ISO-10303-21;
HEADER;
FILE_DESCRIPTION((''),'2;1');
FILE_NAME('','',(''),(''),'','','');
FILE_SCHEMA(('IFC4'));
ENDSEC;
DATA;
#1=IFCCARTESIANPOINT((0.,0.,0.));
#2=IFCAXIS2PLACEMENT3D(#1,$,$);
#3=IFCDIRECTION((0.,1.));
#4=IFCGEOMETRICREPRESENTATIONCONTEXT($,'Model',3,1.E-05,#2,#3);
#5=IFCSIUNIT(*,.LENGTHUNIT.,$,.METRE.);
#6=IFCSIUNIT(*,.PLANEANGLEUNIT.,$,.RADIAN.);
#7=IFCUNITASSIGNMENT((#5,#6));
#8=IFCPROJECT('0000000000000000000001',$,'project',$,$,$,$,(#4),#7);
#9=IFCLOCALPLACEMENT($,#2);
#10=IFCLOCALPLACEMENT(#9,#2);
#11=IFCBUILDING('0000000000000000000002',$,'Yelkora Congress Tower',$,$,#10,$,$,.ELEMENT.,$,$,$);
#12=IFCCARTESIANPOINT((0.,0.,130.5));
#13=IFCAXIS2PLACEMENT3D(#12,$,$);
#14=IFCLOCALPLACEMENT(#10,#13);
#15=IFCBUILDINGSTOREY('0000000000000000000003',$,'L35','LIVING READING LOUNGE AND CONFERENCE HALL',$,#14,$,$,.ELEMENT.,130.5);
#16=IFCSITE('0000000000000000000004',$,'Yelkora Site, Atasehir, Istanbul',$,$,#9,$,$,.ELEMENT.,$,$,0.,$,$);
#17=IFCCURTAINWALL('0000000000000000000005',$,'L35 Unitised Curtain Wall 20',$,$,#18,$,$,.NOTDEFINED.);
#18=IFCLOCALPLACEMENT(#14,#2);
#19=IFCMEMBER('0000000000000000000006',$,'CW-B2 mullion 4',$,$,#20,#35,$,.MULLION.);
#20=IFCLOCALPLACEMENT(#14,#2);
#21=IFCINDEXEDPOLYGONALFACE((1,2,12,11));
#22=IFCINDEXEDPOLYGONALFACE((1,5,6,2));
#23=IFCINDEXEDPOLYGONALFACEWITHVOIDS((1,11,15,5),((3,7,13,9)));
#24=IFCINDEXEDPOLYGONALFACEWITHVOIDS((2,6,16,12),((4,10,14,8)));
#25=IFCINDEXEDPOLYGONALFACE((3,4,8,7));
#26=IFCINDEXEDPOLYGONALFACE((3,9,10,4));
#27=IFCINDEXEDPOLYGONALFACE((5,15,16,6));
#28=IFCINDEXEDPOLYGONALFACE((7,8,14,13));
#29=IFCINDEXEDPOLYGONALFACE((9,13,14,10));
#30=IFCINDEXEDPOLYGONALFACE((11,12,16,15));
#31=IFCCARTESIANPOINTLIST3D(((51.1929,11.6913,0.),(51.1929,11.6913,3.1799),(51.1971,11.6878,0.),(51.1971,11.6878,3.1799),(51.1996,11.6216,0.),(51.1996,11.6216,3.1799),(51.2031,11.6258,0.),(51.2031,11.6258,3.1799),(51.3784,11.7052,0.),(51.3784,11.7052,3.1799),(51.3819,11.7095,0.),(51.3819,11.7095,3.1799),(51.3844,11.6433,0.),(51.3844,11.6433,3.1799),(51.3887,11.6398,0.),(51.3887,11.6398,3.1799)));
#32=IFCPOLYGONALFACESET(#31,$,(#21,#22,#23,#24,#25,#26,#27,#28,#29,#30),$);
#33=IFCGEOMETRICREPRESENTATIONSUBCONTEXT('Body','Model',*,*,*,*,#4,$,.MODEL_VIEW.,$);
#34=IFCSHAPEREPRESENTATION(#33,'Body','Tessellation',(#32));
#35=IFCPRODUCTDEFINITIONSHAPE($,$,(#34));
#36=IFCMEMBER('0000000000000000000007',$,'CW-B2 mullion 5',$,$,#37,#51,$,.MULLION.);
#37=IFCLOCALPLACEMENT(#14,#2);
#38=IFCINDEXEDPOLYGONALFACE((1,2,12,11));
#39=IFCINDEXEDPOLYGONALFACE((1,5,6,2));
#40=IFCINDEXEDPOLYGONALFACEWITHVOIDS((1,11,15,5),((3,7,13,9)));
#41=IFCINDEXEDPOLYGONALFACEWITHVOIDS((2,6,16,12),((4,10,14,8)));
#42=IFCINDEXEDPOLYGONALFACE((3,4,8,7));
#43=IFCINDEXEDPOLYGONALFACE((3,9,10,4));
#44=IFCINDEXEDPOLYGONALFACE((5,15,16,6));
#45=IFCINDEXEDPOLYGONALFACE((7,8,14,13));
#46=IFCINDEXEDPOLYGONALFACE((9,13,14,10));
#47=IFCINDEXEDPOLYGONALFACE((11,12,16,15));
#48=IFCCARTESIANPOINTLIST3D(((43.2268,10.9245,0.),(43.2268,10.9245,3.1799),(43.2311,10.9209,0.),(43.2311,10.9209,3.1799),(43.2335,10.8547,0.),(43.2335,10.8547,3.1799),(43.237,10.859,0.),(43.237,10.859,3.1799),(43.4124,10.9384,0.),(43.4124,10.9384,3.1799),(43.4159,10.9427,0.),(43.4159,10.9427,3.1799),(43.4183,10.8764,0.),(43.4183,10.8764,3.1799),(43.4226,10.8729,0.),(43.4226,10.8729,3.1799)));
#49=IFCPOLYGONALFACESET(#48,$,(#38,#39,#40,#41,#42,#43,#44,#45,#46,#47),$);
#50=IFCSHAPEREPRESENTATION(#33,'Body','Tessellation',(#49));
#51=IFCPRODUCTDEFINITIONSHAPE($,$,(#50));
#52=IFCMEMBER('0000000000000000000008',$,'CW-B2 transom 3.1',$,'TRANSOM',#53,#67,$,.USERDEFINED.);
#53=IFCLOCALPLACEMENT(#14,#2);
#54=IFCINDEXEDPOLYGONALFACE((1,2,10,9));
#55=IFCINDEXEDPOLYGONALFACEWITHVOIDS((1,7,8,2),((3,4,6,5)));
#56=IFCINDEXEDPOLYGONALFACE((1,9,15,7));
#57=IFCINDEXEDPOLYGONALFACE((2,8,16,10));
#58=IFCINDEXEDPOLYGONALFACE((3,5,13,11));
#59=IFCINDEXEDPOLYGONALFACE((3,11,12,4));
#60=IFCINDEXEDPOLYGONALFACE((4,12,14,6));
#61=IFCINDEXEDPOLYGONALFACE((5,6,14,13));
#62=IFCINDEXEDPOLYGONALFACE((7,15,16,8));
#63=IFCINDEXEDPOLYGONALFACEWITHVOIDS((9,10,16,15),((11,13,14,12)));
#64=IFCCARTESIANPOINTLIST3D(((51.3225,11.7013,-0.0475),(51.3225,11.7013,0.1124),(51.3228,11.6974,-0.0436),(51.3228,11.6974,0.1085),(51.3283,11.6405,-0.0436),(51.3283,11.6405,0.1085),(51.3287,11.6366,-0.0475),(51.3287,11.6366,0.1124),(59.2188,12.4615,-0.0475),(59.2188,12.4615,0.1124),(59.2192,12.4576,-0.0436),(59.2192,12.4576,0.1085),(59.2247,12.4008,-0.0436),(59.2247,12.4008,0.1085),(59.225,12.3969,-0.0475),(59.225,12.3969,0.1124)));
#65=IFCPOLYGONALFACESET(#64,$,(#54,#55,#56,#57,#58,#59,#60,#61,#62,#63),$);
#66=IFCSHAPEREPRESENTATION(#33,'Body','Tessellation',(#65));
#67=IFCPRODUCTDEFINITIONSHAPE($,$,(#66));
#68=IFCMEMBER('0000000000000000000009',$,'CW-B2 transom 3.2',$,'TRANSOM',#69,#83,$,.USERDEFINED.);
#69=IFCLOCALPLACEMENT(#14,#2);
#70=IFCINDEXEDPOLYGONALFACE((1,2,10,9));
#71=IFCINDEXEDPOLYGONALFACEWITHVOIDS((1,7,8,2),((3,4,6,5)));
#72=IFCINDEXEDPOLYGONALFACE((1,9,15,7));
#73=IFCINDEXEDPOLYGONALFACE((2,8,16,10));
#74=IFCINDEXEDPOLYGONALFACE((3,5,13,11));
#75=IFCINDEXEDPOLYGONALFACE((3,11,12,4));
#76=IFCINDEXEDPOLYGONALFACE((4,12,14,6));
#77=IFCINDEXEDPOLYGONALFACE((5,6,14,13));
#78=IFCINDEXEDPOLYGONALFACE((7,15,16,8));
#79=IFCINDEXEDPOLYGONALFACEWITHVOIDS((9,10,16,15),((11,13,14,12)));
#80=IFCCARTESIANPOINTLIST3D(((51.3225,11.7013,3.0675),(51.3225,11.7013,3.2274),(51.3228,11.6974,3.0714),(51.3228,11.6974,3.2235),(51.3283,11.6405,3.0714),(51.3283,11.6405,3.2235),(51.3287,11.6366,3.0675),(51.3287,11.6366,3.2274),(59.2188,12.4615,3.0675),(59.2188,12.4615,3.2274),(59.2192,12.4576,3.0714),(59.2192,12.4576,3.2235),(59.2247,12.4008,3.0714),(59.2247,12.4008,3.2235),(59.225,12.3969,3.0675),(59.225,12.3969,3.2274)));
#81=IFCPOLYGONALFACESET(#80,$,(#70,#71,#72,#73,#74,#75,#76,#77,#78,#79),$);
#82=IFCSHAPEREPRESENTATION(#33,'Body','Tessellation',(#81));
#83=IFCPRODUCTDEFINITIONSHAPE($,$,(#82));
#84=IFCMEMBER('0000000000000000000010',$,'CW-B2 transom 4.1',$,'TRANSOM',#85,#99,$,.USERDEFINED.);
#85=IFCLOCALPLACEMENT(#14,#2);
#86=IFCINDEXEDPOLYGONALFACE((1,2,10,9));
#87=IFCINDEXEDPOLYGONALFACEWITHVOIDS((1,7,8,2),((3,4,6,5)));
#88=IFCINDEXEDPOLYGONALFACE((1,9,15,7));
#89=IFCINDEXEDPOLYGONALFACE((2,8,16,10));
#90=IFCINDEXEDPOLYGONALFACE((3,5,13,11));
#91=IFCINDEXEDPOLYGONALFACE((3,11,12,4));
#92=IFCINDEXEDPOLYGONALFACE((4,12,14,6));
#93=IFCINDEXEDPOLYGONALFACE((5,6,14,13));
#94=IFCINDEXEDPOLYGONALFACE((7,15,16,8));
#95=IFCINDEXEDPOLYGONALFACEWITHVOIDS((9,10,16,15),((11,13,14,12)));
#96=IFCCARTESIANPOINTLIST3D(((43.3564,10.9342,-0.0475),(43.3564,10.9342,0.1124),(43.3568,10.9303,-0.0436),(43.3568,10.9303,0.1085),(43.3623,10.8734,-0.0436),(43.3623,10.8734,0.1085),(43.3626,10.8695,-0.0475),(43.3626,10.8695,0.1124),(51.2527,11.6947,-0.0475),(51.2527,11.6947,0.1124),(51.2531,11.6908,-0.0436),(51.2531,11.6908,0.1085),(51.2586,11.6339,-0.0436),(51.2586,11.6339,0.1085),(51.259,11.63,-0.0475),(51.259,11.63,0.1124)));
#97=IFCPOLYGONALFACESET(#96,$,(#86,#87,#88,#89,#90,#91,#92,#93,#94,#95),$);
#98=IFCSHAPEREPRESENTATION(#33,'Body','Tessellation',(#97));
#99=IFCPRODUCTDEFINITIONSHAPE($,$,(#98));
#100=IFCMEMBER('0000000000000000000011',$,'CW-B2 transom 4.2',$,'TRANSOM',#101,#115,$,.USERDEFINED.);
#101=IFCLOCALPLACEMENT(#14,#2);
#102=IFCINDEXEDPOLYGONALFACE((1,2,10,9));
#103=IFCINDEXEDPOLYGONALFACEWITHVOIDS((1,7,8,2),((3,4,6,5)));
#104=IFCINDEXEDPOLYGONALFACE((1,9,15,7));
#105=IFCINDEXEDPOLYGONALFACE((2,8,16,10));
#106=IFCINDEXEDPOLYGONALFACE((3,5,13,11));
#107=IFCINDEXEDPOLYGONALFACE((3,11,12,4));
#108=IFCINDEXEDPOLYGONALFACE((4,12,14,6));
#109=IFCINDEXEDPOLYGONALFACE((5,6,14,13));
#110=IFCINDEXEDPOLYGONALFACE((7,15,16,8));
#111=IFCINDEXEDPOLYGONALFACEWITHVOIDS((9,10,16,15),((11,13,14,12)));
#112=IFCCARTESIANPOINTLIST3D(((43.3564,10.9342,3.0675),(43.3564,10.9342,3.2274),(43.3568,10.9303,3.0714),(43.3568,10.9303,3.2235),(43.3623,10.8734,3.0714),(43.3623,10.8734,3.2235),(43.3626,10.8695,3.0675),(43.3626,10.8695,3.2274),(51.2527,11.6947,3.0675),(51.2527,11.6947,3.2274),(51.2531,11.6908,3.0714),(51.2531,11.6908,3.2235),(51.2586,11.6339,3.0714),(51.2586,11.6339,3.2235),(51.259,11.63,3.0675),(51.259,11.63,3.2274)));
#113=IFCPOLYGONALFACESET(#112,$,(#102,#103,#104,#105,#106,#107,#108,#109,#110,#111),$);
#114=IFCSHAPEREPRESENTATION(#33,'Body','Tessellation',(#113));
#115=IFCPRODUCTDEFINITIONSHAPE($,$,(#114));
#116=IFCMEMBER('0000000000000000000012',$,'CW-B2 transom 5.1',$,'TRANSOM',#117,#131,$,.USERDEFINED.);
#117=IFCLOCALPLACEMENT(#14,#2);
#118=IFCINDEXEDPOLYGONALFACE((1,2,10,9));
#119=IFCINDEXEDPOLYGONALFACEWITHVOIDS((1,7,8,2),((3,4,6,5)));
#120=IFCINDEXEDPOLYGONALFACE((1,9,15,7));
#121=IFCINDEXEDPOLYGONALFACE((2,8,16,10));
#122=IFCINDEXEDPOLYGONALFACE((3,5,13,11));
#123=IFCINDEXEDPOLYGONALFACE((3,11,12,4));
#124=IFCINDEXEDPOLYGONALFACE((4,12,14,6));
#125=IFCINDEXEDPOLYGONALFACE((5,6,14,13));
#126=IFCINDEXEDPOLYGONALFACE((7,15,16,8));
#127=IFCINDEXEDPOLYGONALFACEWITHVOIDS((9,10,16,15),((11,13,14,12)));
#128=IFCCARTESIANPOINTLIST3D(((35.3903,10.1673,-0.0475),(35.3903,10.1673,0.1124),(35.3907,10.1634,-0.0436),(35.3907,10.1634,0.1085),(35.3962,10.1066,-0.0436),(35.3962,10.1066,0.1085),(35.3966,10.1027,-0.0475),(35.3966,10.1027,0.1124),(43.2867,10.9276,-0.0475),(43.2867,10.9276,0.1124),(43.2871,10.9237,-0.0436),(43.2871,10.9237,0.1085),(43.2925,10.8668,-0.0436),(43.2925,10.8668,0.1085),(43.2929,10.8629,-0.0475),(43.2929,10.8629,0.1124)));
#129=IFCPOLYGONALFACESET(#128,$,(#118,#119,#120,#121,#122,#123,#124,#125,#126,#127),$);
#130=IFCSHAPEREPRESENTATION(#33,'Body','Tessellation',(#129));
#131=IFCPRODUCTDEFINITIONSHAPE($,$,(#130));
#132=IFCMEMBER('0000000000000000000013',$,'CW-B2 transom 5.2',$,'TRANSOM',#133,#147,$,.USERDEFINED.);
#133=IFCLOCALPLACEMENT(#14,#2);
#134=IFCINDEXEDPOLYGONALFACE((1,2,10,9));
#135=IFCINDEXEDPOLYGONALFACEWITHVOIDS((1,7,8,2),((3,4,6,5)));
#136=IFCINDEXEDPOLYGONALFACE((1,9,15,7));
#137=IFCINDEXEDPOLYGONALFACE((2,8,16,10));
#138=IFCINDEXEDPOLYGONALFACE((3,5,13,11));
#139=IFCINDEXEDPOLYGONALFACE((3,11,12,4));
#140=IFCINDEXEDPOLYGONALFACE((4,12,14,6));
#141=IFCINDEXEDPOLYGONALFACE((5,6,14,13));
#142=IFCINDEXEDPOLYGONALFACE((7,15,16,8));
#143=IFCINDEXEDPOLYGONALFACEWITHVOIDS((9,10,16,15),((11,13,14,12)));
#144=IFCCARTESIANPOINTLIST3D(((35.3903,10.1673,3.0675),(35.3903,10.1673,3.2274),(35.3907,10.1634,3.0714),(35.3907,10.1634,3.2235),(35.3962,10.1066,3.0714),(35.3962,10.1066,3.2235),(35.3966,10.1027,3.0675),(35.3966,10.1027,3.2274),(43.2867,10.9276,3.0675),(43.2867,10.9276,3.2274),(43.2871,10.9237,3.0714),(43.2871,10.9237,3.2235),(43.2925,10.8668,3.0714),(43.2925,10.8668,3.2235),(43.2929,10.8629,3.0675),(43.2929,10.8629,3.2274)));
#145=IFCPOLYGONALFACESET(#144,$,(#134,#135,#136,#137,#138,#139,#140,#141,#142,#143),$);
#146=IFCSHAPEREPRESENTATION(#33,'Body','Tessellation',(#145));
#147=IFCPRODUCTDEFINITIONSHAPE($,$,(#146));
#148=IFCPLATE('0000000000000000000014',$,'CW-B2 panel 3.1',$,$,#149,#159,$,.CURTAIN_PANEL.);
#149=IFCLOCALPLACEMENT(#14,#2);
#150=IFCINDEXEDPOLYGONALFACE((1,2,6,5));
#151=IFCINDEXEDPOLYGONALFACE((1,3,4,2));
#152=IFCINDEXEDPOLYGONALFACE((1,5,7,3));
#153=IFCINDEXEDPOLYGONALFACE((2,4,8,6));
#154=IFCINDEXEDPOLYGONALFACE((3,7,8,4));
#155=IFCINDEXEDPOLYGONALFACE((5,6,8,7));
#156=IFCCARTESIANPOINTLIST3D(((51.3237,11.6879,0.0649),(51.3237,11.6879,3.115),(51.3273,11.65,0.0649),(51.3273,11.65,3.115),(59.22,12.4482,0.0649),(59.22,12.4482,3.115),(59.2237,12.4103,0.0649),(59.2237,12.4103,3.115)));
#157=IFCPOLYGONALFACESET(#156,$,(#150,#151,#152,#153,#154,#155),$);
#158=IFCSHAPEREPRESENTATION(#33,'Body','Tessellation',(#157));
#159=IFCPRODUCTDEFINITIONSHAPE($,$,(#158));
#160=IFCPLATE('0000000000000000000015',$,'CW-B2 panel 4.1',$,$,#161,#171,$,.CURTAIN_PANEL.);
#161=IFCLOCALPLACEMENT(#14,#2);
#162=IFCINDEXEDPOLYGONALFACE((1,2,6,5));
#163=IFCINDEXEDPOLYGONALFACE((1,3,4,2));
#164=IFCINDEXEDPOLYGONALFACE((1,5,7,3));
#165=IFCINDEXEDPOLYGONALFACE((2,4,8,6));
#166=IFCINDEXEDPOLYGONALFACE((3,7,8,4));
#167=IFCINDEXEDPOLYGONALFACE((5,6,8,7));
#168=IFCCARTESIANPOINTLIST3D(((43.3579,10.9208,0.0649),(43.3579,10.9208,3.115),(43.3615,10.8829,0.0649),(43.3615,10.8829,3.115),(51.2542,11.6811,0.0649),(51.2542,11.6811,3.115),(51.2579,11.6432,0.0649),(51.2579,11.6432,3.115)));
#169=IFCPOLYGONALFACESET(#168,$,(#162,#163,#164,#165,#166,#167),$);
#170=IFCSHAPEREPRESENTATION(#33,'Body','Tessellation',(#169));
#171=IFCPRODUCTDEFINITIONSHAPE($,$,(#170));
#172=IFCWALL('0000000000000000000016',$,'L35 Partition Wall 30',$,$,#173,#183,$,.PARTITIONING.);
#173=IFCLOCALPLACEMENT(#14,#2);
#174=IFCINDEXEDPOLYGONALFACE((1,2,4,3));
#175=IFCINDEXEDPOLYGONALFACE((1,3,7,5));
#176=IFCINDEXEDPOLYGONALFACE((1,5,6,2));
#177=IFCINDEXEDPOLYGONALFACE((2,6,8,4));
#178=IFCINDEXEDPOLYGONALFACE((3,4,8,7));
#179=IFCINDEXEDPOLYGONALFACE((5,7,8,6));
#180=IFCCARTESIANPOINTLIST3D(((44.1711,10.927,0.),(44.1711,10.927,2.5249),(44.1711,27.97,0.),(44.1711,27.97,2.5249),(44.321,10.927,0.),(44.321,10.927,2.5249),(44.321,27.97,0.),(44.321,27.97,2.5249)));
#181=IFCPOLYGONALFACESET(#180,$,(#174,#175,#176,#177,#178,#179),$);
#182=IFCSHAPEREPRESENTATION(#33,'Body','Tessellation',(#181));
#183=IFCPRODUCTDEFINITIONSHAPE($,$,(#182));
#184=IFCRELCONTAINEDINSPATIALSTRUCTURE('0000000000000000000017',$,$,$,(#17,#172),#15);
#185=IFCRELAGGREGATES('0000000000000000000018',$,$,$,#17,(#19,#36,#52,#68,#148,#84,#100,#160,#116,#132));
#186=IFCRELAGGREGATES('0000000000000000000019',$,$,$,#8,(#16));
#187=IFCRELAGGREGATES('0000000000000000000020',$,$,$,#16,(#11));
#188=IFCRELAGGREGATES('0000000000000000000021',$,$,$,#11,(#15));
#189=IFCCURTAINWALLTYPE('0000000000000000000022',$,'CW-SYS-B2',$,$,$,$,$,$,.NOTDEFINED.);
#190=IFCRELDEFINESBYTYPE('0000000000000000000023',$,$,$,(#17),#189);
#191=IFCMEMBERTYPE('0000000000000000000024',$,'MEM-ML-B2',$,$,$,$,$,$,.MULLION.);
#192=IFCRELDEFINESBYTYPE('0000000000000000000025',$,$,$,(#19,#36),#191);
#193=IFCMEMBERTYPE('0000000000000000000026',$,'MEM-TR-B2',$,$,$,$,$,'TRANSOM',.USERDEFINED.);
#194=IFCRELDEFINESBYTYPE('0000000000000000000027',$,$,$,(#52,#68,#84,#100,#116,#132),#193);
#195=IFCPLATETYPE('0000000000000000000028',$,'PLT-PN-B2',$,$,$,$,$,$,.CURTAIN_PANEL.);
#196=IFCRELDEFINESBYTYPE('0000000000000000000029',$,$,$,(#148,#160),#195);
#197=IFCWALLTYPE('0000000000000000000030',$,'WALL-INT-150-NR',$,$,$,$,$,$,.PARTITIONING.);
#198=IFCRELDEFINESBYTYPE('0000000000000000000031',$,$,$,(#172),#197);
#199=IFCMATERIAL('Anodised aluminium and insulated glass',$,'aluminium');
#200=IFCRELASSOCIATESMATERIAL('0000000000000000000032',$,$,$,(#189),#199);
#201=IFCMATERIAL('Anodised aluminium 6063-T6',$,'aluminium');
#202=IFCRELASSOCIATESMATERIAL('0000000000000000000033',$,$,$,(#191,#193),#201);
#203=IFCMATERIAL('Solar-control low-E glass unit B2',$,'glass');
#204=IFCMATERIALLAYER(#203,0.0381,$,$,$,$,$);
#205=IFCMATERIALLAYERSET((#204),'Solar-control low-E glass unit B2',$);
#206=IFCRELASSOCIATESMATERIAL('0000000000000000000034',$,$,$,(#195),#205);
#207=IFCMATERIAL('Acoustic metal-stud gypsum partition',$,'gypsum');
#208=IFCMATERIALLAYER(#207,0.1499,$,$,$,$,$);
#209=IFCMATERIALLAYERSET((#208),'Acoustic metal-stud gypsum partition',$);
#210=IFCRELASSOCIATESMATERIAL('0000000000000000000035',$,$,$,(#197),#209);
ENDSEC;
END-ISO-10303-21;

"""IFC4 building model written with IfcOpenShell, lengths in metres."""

from ifc_helpers import new_model, si_unit, direction, frame, frame_2d, origin, origin_2d, place, context, subcontext, project, spatial, rectangle, hollow_rectangle, extrude, material, layer, layer_set, material_profile, profile_set, type_object, element, aggregate, save


model = new_model("IFC4")

# Units and contexts
model_context = context("Model", 3, precision=1e-05, world=origin(), true_north=direction((0.0, 1.0)))
body_context = subcontext(model_context, "Body", "Model", "MODEL_VIEW")
ifc_project = project(units=[si_unit("LENGTHUNIT", "METRE"), si_unit("PLANEANGLEUNIT", "RADIAN")], contexts=[model_context])

# Site, building, storey
site_placement = place(None, origin())
site = spatial("IfcSite", under=ifc_project, at=site_placement, Name="Yelkora Site, Atasehir, Istanbul", CompositionType="ELEMENT", RefElevation=0.0)
building_placement = place(site_placement, origin())
building = spatial("IfcBuilding", under=site, at=building_placement, Name="Yelkora Congress Tower", CompositionType="ELEMENT")
storey_placement = place(building_placement, frame((0.0, 0.0, 130.5)))
storey = spatial("IfcBuildingStorey", under=building, at=storey_placement, Name="L35", Description="LIVING READING LOUNGE AND CONFERENCE HALL", CompositionType="ELEMENT", Elevation=130.5)

# Curtain wall, members, plates
ifc_material_1 = material(Name="Anodised aluminium and insulated glass", Category="aluminium")
curtain_wall_type = type_object("IfcCurtainWallType", Name="CW-SYS-B2", PredefinedType="NOTDEFINED", material=ifc_material_1)
curtain_wall_placement = place(storey_placement, origin())
curtain_wall = element("IfcCurtainWall", 1, at=curtain_wall_placement, inside=storey, type_object=curtain_wall_type, Name="L35 Unitised Curtain Wall 20", PredefinedType="NOTDEFINED")
ifc_material_2 = material(Name="Anodised aluminium 6063-T6", Category="aluminium")
ifc_material_profile_1 = material_profile(ifc_material_2, hollow_rectangle(XDim=0.0701, YDim=0.1899, WallThickness=0.0039, at=origin_2d()), Name="ALU 70x190x4")
ifc_profile_set_1 = profile_set([ifc_material_profile_1], Name="Anodised aluminium 6063-T6")
member_type_1 = type_object("IfcMemberType", Name="MEM-ML-B2", PredefinedType="MULLION", material=ifc_profile_set_1)
member_1_placement = place(storey_placement, frame((51.2908, 11.6655, 0.0), z_axis=(0.0, 0.0, 1.0), x_axis=(0.095844, -0.995396, 0.0)))
member_1 = element("IfcMember", 2, at=member_1_placement, type_object=member_type_1, Name="CW-B2 mullion 4", PredefinedType="MULLION", context=body_context, shape_type="SweptSolid", body=[
    extrude(hollow_rectangle(XDim=0.0701, YDim=0.1899, WallThickness=0.0039, at=origin_2d()), origin(), (0.0, 0.0, 1.0), 3.1799),
])
member_2_placement = place(storey_placement, frame((43.3247, 10.8987, 0.0), z_axis=(0.0, 0.0, 1.0), x_axis=(0.095844, -0.995396, 0.0)))
member_2 = element("IfcMember", 3, at=member_2_placement, type_object=member_type_1, Name="CW-B2 mullion 5", PredefinedType="MULLION", context=body_context, shape_type="SweptSolid", body=[
    extrude(hollow_rectangle(XDim=0.0701, YDim=0.1899, WallThickness=0.0039, at=origin_2d()), origin(), (0.0, 0.0, 1.0), 3.1799),
])
ifc_material_profile_2 = material_profile(ifc_material_2, hollow_rectangle(XDim=0.0649, YDim=0.1599, WallThickness=0.0039, at=origin_2d()), Name="ALU 65x160x4")
ifc_profile_set_2 = profile_set([ifc_material_profile_2], Name="Anodised aluminium 6063-T6")
member_type_2 = type_object("IfcMemberType", Name="MEM-TR-B2", ElementType="TRANSOM", PredefinedType="USERDEFINED", material=ifc_profile_set_2)
member_3_placement = place(storey_placement, frame((59.2219, 12.4292, 0.0325), z_axis=(-0.995397, -0.095837, 0.0), x_axis=(0.095837, -0.995397, 0.0)))
member_3 = element("IfcMember", 4, at=member_3_placement, type_object=member_type_2, Name="CW-B2 transom 3.1", ObjectType="TRANSOM", PredefinedType="USERDEFINED", context=body_context, shape_type="SweptSolid", body=[
    extrude(hollow_rectangle(XDim=0.0649, YDim=0.1599, WallThickness=0.0039, at=origin_2d()), origin(), (0.0, 0.0, 1.0), 7.9329),
])
member_4_placement = place(storey_placement, frame((59.2219, 12.4292, 3.1475), z_axis=(-0.995397, -0.095837, 0.0), x_axis=(0.095837, -0.995397, 0.0)))
member_4 = element("IfcMember", 5, at=member_4_placement, type_object=member_type_2, Name="CW-B2 transom 3.2", ObjectType="TRANSOM", PredefinedType="USERDEFINED", context=body_context, shape_type="SweptSolid", body=[
    extrude(hollow_rectangle(XDim=0.0649, YDim=0.1599, WallThickness=0.0039, at=origin_2d()), origin(), (0.0, 0.0, 1.0), 7.9329),
])
member_5_placement = place(storey_placement, frame((51.2559, 11.6624, 0.0325), z_axis=(-0.995394, -0.095868, 0.0), x_axis=(0.095868, -0.995394, 0.0)))
member_5 = element("IfcMember", 6, at=member_5_placement, type_object=member_type_2, Name="CW-B2 transom 4.1", ObjectType="TRANSOM", PredefinedType="USERDEFINED", context=body_context, shape_type="SweptSolid", body=[
    extrude(hollow_rectangle(XDim=0.0649, YDim=0.1599, WallThickness=0.0039, at=origin_2d()), origin(), (0.0, 0.0, 1.0), 7.9329),
])
member_6_placement = place(storey_placement, frame((51.2559, 11.6624, 3.1475), z_axis=(-0.995394, -0.095868, 0.0), x_axis=(0.095868, -0.995394, 0.0)))
member_6 = element("IfcMember", 7, at=member_6_placement, type_object=member_type_2, Name="CW-B2 transom 4.2", ObjectType="TRANSOM", PredefinedType="USERDEFINED", context=body_context, shape_type="SweptSolid", body=[
    extrude(hollow_rectangle(XDim=0.0649, YDim=0.1599, WallThickness=0.0039, at=origin_2d()), origin(), (0.0, 0.0, 1.0), 7.9329),
])
member_7_placement = place(storey_placement, frame((43.2898, 10.8953, 0.0325), z_axis=(-0.995397, -0.095837, 0.0), x_axis=(0.095837, -0.995397, 0.0)))
member_7 = element("IfcMember", 8, at=member_7_placement, type_object=member_type_2, Name="CW-B2 transom 5.1", ObjectType="TRANSOM", PredefinedType="USERDEFINED", context=body_context, shape_type="SweptSolid", body=[
    extrude(hollow_rectangle(XDim=0.0649, YDim=0.1599, WallThickness=0.0039, at=origin_2d()), origin(), (0.0, 0.0, 1.0), 7.9329),
])
member_8_placement = place(storey_placement, frame((43.2898, 10.8953, 3.1475), z_axis=(-0.995397, -0.095837, 0.0), x_axis=(0.095837, -0.995397, 0.0)))
member_8 = element("IfcMember", 9, at=member_8_placement, type_object=member_type_2, Name="CW-B2 transom 5.2", ObjectType="TRANSOM", PredefinedType="USERDEFINED", context=body_context, shape_type="SweptSolid", body=[
    extrude(hollow_rectangle(XDim=0.0649, YDim=0.1599, WallThickness=0.0039, at=origin_2d()), origin(), (0.0, 0.0, 1.0), 7.9329),
])
ifc_material_3 = material(Name="Solar-control low-E glass unit B2", Category="glass")
ifc_layer_1 = layer(ifc_material_3, 0.0381)
ifc_layer_set_1 = layer_set([ifc_layer_1], Name="Solar-control low-E glass unit B2")
plate_type = type_object("IfcPlateType", Name="PLT-PN-B2", PredefinedType="CURTAIN_PANEL", material=ifc_layer_set_1)
plate_1_placement = place(storey_placement, frame((55.2737, 12.0491, 0.0649), z_axis=(0.0, 0.0, 1.0), x_axis=(-0.995396, -0.095844, 0.0)))
plate_1 = element("IfcPlate", 10, at=plate_1_placement, type_object=plate_type, Name="CW-B2 panel 3.1", PredefinedType="CURTAIN_PANEL", context=body_context, shape_type="SweptSolid", body=[
    extrude(rectangle(XDim=7.9329, YDim=0.0381, at=origin_2d()), origin(), (0.0, 0.0, 1.0), 3.05),
])
plate_2_placement = place(storey_placement, frame((47.3079, 11.282, 0.0649), z_axis=(0.0, 0.0, 1.0), x_axis=(-0.995396, -0.095844, 0.0)))
plate_2 = element("IfcPlate", 11, at=plate_2_placement, type_object=plate_type, Name="CW-B2 panel 4.1", PredefinedType="CURTAIN_PANEL", context=body_context, shape_type="SweptSolid", body=[
    extrude(rectangle(XDim=7.9329, YDim=0.0381, at=origin_2d()), origin(), (0.0, 0.0, 1.0), 3.05),
])
aggregate(curtain_wall, [member_1, member_2, member_3, member_4, plate_1, member_5, member_6, plate_2, member_7, member_8])

# Wall
ifc_material_4 = material(Name="Acoustic metal-stud gypsum partition", Category="gypsum")
ifc_layer_2 = layer(ifc_material_4, 0.1499)
ifc_layer_set_2 = layer_set([ifc_layer_2], Name="Acoustic metal-stud gypsum partition")
wall_type = type_object("IfcWallType", Name="WALL-INT-150-NR", PredefinedType="PARTITIONING", material=ifc_layer_set_2)
wall_1_placement = place(storey_placement, frame((44.2461, 10.927, 0.0), z_axis=(0.0, 0.0, 1.0), x_axis=(0.0, 1.0, 0.0)))
element("IfcWall", 12, at=wall_1_placement, inside=storey, type_object=wall_type, Name="L35 Partition Wall 30", PredefinedType="PARTITIONING", context=body_context, shape_type="SweptSolid", body=[
    extrude(rectangle(XDim=17.043, YDim=0.1499, at=frame_2d((8.5215, 0.0))), origin(), (0.0, 0.0, 1.0), 2.5249),
])

save(model, "model.ifc")
